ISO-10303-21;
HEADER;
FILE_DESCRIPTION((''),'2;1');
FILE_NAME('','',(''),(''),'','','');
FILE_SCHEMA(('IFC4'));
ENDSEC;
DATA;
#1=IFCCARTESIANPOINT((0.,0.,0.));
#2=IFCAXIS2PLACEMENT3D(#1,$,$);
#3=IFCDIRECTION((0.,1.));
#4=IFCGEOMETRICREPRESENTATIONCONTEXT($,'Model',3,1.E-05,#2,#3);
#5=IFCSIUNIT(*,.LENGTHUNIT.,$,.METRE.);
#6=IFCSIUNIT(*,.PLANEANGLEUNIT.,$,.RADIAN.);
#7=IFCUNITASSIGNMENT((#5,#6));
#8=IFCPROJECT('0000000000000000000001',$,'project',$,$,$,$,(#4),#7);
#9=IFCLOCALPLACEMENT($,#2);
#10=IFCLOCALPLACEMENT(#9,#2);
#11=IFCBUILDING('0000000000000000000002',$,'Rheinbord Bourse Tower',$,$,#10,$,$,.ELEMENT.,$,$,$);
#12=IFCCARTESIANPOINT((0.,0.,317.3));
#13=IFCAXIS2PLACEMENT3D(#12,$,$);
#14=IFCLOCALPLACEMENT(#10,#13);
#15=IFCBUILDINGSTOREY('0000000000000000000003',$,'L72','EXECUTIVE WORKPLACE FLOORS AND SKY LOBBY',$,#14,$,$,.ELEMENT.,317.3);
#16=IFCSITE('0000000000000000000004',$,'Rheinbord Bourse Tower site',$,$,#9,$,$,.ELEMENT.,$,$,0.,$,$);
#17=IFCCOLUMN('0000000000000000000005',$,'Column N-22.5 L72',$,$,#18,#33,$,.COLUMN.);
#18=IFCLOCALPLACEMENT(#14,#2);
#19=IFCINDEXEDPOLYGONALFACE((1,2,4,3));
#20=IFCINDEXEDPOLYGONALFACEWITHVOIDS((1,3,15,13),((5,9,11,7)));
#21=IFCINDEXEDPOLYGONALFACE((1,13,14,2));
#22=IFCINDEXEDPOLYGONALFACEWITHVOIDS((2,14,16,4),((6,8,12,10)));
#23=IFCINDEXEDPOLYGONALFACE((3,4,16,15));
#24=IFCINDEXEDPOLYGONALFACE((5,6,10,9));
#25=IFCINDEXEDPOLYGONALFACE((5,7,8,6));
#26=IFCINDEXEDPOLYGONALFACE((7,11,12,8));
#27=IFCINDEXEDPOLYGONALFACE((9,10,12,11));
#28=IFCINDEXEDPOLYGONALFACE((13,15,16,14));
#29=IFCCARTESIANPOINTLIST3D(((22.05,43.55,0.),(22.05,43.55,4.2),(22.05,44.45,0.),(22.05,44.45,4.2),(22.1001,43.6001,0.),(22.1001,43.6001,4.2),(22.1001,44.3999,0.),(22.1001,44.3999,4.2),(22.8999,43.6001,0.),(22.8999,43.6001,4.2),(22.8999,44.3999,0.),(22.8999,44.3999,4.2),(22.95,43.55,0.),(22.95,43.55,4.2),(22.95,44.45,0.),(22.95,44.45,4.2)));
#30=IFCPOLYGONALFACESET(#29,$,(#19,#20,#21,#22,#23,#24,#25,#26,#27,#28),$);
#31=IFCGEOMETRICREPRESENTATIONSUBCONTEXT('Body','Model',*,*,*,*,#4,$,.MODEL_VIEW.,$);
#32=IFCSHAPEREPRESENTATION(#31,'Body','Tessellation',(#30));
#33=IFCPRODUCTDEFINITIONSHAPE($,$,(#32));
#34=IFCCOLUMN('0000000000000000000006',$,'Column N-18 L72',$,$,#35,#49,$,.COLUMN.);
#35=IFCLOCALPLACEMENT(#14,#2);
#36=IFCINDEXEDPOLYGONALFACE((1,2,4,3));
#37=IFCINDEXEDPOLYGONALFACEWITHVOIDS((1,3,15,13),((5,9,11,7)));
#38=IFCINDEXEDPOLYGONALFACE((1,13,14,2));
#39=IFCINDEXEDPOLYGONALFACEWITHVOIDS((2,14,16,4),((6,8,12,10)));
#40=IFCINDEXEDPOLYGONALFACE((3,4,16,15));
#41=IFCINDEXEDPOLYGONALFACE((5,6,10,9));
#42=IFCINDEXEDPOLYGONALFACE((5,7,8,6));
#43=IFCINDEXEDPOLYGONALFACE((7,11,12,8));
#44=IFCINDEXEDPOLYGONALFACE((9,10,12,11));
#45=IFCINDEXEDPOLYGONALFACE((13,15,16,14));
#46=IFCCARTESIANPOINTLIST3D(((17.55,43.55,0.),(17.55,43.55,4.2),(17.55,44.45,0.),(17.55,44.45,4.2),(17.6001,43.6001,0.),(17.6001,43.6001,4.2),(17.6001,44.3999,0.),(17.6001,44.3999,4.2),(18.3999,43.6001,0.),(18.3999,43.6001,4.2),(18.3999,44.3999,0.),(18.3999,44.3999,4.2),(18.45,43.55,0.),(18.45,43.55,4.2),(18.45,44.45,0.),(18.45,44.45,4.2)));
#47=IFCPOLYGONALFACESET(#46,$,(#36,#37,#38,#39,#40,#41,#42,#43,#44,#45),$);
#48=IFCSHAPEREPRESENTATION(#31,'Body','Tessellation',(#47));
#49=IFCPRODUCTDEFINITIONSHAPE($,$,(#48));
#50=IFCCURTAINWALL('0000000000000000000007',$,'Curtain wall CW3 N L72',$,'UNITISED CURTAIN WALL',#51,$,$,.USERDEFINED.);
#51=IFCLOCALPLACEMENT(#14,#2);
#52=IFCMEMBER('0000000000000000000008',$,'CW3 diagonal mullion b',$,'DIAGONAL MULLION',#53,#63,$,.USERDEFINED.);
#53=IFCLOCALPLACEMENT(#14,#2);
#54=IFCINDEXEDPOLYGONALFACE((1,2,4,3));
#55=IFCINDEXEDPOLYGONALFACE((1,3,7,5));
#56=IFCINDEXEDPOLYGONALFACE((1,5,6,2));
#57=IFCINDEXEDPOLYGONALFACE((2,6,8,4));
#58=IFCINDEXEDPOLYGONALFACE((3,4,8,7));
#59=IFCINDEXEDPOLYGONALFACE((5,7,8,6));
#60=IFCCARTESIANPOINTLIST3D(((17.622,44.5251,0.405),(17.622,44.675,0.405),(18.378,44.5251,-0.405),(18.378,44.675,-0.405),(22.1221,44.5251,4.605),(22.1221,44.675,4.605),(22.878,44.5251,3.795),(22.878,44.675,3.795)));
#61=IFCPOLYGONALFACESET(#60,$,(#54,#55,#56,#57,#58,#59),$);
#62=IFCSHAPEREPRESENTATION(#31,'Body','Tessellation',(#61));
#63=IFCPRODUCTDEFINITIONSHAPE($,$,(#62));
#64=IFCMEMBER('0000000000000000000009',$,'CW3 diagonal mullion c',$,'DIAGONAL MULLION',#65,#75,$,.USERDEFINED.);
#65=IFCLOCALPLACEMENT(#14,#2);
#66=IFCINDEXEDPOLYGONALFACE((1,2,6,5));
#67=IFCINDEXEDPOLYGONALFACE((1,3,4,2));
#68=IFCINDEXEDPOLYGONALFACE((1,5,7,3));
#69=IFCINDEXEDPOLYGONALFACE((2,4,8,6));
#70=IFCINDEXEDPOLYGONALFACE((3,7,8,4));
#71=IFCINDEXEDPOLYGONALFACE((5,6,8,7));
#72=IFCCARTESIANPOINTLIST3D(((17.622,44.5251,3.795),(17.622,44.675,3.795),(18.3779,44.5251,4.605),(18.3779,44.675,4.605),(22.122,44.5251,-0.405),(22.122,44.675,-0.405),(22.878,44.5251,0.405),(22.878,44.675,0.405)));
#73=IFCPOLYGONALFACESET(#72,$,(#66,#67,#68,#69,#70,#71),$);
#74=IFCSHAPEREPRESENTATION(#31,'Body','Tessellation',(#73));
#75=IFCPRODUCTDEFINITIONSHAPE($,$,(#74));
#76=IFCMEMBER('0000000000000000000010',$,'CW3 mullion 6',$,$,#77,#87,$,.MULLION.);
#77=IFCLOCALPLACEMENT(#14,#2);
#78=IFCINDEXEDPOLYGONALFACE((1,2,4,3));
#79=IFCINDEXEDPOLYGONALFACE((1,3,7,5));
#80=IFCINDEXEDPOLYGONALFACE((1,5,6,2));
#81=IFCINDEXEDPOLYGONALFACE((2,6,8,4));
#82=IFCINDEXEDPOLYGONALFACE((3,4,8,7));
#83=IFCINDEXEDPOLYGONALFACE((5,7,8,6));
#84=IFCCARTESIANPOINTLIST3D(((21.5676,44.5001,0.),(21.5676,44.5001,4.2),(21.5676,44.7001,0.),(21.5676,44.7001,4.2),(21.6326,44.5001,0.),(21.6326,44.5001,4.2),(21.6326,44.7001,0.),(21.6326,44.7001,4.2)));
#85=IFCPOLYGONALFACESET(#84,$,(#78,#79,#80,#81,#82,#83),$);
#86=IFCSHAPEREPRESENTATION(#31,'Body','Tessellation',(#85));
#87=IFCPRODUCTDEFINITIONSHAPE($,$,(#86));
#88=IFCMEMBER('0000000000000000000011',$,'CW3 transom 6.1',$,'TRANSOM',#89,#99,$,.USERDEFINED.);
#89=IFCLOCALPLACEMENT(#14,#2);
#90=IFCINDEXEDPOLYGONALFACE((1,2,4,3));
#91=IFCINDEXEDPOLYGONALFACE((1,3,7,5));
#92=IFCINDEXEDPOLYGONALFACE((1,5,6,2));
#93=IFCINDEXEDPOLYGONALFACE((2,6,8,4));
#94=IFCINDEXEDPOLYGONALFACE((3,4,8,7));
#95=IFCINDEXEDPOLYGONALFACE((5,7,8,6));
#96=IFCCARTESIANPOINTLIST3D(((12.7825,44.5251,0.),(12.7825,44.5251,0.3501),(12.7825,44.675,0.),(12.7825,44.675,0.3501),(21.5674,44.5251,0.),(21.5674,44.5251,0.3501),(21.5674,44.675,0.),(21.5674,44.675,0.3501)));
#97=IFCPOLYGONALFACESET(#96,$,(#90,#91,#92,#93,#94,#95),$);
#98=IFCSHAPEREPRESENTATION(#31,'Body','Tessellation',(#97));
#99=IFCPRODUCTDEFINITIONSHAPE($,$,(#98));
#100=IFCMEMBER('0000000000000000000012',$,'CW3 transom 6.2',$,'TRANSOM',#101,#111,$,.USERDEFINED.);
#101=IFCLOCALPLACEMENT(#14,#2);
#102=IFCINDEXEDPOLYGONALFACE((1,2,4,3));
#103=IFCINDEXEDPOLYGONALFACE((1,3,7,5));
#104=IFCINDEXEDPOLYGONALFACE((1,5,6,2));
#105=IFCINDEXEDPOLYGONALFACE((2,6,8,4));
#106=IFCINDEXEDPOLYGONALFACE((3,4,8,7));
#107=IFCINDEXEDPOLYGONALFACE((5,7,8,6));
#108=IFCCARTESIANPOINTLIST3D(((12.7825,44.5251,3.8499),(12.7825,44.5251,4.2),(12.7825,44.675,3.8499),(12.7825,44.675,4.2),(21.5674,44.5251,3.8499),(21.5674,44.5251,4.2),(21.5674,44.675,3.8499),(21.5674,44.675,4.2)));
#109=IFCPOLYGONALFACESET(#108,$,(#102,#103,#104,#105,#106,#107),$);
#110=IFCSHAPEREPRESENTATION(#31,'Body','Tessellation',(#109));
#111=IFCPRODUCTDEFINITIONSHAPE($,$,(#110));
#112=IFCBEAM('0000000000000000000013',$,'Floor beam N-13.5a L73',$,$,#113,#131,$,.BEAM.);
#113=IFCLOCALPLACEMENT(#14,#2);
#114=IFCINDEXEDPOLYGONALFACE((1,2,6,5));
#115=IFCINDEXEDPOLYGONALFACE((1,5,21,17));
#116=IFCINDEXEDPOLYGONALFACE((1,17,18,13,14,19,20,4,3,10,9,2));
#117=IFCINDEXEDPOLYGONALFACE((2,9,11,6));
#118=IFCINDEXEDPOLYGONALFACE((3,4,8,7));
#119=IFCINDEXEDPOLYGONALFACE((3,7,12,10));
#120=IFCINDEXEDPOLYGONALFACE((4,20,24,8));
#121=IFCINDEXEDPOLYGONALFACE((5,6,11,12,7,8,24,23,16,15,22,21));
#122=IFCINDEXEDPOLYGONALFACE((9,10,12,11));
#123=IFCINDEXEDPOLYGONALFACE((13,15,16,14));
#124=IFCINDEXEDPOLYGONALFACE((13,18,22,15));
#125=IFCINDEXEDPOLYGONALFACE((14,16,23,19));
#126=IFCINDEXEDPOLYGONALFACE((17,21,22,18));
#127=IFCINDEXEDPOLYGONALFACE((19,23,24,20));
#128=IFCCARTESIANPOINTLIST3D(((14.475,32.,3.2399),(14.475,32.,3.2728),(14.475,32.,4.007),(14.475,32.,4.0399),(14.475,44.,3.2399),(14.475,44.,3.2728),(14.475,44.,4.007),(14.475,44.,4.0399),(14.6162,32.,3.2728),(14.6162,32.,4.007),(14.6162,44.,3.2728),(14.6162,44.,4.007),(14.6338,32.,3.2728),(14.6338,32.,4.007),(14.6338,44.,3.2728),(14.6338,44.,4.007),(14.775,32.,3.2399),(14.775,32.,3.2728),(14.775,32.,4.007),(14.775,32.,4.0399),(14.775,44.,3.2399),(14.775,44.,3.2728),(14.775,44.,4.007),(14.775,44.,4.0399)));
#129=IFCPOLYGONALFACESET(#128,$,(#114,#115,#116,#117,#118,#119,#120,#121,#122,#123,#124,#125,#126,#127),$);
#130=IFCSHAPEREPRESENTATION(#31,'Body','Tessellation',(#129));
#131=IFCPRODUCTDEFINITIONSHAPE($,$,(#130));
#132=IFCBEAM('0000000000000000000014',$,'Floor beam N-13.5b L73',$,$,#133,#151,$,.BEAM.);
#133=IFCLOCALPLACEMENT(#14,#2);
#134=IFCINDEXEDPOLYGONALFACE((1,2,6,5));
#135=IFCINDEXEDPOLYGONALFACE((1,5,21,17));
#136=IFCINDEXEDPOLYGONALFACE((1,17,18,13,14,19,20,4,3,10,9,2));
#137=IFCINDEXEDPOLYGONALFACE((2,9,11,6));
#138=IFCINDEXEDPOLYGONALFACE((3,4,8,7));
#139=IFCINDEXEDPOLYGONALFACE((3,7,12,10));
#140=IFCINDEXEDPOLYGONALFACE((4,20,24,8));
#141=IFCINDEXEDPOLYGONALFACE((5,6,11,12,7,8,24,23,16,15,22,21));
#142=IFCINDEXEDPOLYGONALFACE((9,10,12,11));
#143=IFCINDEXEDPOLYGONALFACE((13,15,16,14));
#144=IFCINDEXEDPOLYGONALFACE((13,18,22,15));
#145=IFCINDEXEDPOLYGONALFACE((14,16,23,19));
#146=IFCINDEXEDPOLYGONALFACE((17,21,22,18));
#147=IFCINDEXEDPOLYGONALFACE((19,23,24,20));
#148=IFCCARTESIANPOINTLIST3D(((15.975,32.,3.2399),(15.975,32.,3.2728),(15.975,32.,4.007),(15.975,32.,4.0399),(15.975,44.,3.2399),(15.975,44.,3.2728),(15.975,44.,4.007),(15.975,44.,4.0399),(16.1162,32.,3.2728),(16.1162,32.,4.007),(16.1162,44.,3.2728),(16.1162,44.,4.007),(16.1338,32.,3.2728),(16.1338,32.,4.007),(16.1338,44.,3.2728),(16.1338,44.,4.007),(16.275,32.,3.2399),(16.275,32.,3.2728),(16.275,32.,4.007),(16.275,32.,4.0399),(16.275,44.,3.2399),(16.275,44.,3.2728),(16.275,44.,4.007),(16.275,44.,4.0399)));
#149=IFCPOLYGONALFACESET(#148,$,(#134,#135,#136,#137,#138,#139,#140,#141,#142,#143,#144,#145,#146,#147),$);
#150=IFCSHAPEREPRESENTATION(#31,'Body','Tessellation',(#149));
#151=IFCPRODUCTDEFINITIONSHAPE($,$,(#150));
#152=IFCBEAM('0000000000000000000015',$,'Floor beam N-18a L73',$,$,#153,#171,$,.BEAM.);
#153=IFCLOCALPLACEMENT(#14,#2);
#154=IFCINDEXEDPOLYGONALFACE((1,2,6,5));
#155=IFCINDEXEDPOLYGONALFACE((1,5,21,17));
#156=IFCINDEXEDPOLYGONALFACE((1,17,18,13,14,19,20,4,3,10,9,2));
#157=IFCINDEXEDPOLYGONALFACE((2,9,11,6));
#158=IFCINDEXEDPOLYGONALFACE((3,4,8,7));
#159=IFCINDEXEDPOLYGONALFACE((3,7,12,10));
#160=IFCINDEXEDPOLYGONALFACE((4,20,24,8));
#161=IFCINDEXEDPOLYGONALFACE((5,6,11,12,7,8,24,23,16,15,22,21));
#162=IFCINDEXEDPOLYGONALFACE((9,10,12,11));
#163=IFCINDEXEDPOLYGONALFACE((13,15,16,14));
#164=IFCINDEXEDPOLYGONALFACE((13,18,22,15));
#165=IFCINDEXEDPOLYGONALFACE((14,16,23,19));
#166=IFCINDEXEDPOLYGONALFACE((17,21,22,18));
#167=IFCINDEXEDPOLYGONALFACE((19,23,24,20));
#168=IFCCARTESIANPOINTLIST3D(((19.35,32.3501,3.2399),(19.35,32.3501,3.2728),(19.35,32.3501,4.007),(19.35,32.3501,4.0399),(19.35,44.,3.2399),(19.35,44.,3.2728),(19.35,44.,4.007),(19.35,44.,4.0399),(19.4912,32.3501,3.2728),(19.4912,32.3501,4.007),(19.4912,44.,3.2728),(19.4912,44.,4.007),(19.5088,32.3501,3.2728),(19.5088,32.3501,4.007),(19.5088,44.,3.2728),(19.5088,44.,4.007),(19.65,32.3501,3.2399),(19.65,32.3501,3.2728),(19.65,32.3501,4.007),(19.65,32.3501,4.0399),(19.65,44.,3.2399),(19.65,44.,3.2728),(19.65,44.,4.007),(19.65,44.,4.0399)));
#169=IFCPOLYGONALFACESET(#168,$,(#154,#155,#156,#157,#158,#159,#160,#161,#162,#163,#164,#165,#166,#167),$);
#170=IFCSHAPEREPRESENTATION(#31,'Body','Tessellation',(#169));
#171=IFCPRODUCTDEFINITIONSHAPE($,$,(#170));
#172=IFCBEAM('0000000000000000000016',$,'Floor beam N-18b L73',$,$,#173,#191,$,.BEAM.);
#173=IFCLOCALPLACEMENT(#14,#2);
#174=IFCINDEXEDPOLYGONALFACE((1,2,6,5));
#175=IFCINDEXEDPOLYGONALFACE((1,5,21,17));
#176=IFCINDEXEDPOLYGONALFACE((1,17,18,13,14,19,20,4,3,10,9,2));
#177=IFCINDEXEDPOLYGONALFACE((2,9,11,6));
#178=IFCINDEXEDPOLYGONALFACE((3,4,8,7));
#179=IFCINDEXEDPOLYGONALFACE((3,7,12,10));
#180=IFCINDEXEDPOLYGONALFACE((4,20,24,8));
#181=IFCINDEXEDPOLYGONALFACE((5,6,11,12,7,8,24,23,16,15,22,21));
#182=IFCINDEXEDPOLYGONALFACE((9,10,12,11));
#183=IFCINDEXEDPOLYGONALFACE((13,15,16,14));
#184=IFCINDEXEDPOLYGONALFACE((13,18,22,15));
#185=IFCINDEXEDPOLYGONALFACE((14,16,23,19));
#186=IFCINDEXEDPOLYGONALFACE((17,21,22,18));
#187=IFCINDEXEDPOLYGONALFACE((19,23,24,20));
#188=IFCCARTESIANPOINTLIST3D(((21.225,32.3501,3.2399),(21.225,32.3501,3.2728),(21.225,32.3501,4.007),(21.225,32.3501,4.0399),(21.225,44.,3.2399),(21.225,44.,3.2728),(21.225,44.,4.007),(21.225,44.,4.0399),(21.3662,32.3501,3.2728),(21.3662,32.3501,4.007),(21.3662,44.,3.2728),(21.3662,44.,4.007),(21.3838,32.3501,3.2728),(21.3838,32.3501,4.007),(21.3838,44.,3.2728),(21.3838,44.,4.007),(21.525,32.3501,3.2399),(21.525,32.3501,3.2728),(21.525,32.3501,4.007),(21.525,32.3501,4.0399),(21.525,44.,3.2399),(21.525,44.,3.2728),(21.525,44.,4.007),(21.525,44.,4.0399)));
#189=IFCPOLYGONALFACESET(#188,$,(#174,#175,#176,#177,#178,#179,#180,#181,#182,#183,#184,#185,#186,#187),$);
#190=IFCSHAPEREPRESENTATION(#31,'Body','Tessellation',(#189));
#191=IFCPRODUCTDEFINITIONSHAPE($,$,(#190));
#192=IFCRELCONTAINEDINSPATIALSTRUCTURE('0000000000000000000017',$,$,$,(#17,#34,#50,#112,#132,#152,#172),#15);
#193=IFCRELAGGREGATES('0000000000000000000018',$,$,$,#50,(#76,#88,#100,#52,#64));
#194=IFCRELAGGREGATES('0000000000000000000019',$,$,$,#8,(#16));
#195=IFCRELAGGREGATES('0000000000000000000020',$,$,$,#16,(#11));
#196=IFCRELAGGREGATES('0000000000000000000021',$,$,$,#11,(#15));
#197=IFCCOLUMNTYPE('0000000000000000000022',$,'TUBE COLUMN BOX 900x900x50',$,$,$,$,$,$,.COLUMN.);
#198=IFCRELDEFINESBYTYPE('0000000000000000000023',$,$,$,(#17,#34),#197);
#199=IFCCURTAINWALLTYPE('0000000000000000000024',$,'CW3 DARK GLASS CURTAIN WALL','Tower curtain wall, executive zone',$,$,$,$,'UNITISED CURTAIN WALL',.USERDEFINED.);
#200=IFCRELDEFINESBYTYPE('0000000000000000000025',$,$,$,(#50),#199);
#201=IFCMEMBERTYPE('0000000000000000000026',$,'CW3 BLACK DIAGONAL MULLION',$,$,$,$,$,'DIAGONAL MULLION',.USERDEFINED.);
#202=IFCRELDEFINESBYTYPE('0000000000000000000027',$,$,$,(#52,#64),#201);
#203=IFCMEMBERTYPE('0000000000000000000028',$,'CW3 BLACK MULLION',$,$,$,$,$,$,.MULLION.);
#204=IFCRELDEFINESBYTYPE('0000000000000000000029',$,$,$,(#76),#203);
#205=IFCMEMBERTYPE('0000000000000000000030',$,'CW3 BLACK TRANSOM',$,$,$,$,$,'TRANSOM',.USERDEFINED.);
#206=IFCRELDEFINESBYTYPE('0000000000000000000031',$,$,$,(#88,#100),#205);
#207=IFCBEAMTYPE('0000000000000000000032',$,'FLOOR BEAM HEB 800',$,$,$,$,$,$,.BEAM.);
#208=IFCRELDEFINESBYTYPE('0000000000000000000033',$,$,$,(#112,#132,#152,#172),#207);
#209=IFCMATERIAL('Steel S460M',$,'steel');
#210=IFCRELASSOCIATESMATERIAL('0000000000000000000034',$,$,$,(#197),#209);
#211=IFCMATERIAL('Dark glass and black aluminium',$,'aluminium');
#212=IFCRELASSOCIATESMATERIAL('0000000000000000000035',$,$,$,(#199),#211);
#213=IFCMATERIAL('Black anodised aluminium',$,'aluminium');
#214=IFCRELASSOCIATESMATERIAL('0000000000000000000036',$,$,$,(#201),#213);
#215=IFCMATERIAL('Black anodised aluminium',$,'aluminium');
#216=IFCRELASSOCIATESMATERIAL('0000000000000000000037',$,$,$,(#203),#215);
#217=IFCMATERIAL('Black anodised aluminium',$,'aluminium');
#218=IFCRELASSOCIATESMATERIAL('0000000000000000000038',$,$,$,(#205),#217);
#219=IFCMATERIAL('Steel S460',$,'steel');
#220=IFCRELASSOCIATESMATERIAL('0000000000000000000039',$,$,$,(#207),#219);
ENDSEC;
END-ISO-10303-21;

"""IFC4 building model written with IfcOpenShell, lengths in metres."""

from ifc_helpers import new_model, si_unit, direction, frame, origin, origin_2d, place, context, subcontext, project, spatial, rectangle, hollow_rectangle, i_section, extrude, material, material_profile, profile_set, type_object, element, aggregate, save


model = new_model("IFC4")

# Units and contexts
model_context = context("Model", 3, precision=1e-05, world=origin(), true_north=direction((0.0, 1.0)))
body_context = subcontext(model_context, "Body", "Model", "MODEL_VIEW")
ifc_project = project(units=[si_unit("LENGTHUNIT", "METRE"), si_unit("PLANEANGLEUNIT", "RADIAN")], contexts=[model_context])

# Site, building, storey
site_placement = place(None, origin())
site = spatial("IfcSite", under=ifc_project, at=site_placement, Name="Rheinbord Bourse Tower site", CompositionType="ELEMENT", RefElevation=0.0)
building_placement = place(site_placement, origin())
building = spatial("IfcBuilding", under=site, at=building_placement, Name="Rheinbord Bourse Tower", CompositionType="ELEMENT")
storey_placement = place(building_placement, frame((0.0, 0.0, 317.3)))
storey = spatial("IfcBuildingStorey", under=building, at=storey_placement, Name="L72", Description="EXECUTIVE WORKPLACE FLOORS AND SKY LOBBY", CompositionType="ELEMENT", Elevation=317.3)

# Columns
ifc_material_1 = material(Name="Steel S460M", Category="steel")
ifc_material_profile_1 = material_profile(ifc_material_1, hollow_rectangle(XDim=0.8999, YDim=0.8999, WallThickness=0.05, at=origin_2d()), Name="BOX 900x900x50")
ifc_profile_set_1 = profile_set([ifc_material_profile_1], Name="Steel S460M")
column_type = type_object("IfcColumnType", Name="TUBE COLUMN BOX 900x900x50", PredefinedType="COLUMN", material=ifc_profile_set_1)
for number, where, z_axis, x_axis, name in (
    (1, (22.5, 44.0, 0.0), (0.0, 0.0, 1.0), (0.0, 1.0, 0.0), "Column N-22.5 L72"),
    (2, (18.0, 44.0, 0.0), (0.0, 0.0, 1.0), (0.0, 1.0, 0.0), "Column N-18 L72"),
):
    element("IfcColumn", number, at=place(storey_placement, frame(where, z_axis=z_axis, x_axis=x_axis)), inside=storey, type_object=column_type, Name=name, PredefinedType="COLUMN", context=body_context, shape_type="SweptSolid", body=[
        extrude(hollow_rectangle(XDim=0.8999, YDim=0.8999, WallThickness=0.05, at=origin_2d()), origin(), (0.0, 0.0, 1.0), 4.2),
    ])

# Curtain wall, members
ifc_material_2 = material(Name="Dark glass and black aluminium", Category="aluminium")
curtain_wall_type = type_object("IfcCurtainWallType", Name="CW3 DARK GLASS CURTAIN WALL", Description="Tower curtain wall, executive zone", ElementType="UNITISED CURTAIN WALL", PredefinedType="USERDEFINED", material=ifc_material_2)
curtain_wall_placement = place(storey_placement, origin())
curtain_wall = element("IfcCurtainWall", 3, at=curtain_wall_placement, inside=storey, type_object=curtain_wall_type, Name="Curtain wall CW3 N L72", ObjectType="UNITISED CURTAIN WALL", PredefinedType="USERDEFINED")
ifc_material_3 = material(Name="Black anodised aluminium", Category="aluminium")
ifc_material_profile_2 = material_profile(ifc_material_3, rectangle(XDim=0.1499, YDim=1.1079, at=origin_2d()), Name="CW3 DIAGONAL MULLION 1108x150")
ifc_profile_set_2 = profile_set([ifc_material_profile_2], Name="Black anodised aluminium")
member_type_1 = type_object("IfcMemberType", Name="CW3 BLACK DIAGONAL MULLION", ElementType="DIAGONAL MULLION", PredefinedType="USERDEFINED", material=ifc_profile_set_2)
member_1_placement = place(storey_placement, frame((18.0, 44.6001, 0.0), z_axis=(0.731059, 0.0, 0.682314), x_axis=(0.0, 1.0, 0.0)))
member_1 = element("IfcMember", 4, at=member_1_placement, type_object=member_type_1, Name="CW3 diagonal mullion b", ObjectType="DIAGONAL MULLION", PredefinedType="USERDEFINED", context=body_context, shape_type="SweptSolid", body=[
    extrude(rectangle(XDim=0.1499, YDim=1.1079, at=origin_2d()), origin(), (0.0, 0.0, 1.0), 6.1555),
])
member_2_placement = place(storey_placement, frame((22.5, 44.6001, 0.0), z_axis=(-0.731059, 0.0, 0.682314), x_axis=(0.0, -1.0, 0.0)))
member_2 = element("IfcMember", 5, at=member_2_placement, type_object=member_type_1, Name="CW3 diagonal mullion c", ObjectType="DIAGONAL MULLION", PredefinedType="USERDEFINED", context=body_context, shape_type="SweptSolid", body=[
    extrude(rectangle(XDim=0.1499, YDim=1.1079, at=origin_2d()), origin(), (0.0, 0.0, 1.0), 6.1555),
])
ifc_material_4 = material(Name="Black anodised aluminium", Category="aluminium")
ifc_material_profile_3 = material_profile(ifc_material_4, rectangle(XDim=0.2, YDim=0.0649, at=origin_2d()), Name="CW3 MULLION 65x200")
ifc_profile_set_3 = profile_set([ifc_material_profile_3], Name="Black anodised aluminium")
member_type_2 = type_object("IfcMemberType", Name="CW3 BLACK MULLION", PredefinedType="MULLION", material=ifc_profile_set_3)
member_3_placement = place(storey_placement, frame((21.6001, 44.6001, 0.0), z_axis=(0.0, 0.0, 1.0), x_axis=(0.0, -1.0, 0.0)))
member_3 = element("IfcMember", 6, at=member_3_placement, type_object=member_type_2, Name="CW3 mullion 6", PredefinedType="MULLION", context=body_context, shape_type="SweptSolid", body=[
    extrude(rectangle(XDim=0.2, YDim=0.0649, at=origin_2d()), origin(), (0.0, 0.0, 1.0), 4.2),
])
ifc_material_5 = material(Name="Black anodised aluminium", Category="aluminium")
ifc_material_profile_4 = material_profile(ifc_material_5, rectangle(XDim=0.1499, YDim=0.3501, at=origin_2d()), Name="CW3 TRANSOM 350x150")
ifc_profile_set_4 = profile_set([ifc_material_profile_4], Name="Black anodised aluminium")
member_type_3 = type_object("IfcMemberType", Name="CW3 BLACK TRANSOM", ElementType="TRANSOM", PredefinedType="USERDEFINED", material=ifc_profile_set_4)
member_4_placement = place(storey_placement, frame((21.5674, 44.6001, 0.175), z_axis=(-1.0, 0.0, 0.0), x_axis=(0.0, -1.0, 0.0)))
member_4 = element("IfcMember", 7, at=member_4_placement, type_object=member_type_3, Name="CW3 transom 6.1", ObjectType="TRANSOM", PredefinedType="USERDEFINED", context=body_context, shape_type="SweptSolid", body=[
    extrude(rectangle(XDim=0.1499, YDim=0.3501, at=origin_2d()), origin(), (0.0, 0.0, 1.0), 8.7849),
])
member_5_placement = place(storey_placement, frame((21.5674, 44.6001, 4.0249), z_axis=(-1.0, 0.0, 0.0), x_axis=(0.0, -1.0, 0.0)))
member_5 = element("IfcMember", 8, at=member_5_placement, type_object=member_type_3, Name="CW3 transom 6.2", ObjectType="TRANSOM", PredefinedType="USERDEFINED", context=body_context, shape_type="SweptSolid", body=[
    extrude(rectangle(XDim=0.1499, YDim=0.3501, at=origin_2d()), origin(), (0.0, 0.0, 1.0), 8.7849),
])

# Beams
ifc_material_6 = material(Name="Steel S460", Category="steel")
ifc_material_profile_5 = material_profile(ifc_material_6, i_section(OverallWidth=0.3, OverallDepth=0.8, WebThickness=0.0176, FlangeThickness=0.033, at=origin_2d()), Name="HEB 800")
ifc_profile_set_5 = profile_set([ifc_material_profile_5], Name="Steel S460")
beam_type_1 = type_object("IfcBeamType", Name="FLOOR BEAM HEB 800", PredefinedType="BEAM", material=ifc_profile_set_5)
for number, where, z_axis, x_axis, name in (
    (9, (14.625, 44.0, 3.6399), (0.0, -1.0, 0.0), (1.0, 0.0, 0.0), "Floor beam N-13.5a L73"),
    (10, (16.125, 44.0, 3.6399), (0.0, -1.0, 0.0), (1.0, 0.0, 0.0), "Floor beam N-13.5b L73"),
):
    element("IfcBeam", number, at=place(storey_placement, frame(where, z_axis=z_axis, x_axis=x_axis)), inside=storey, type_object=beam_type_1, Name=name, PredefinedType="BEAM", context=body_context, shape_type="SweptSolid", body=[
        extrude(i_section(OverallWidth=0.3, OverallDepth=0.8, WebThickness=0.0176, FlangeThickness=0.033, at=origin_2d()), origin(), (0.0, 0.0, 1.0), 12.0),
    ])
for number, where, z_axis, x_axis, name in (
    (11, (19.5, 44.0, 3.6399), (0.0, -1.0, 0.0), (1.0, 0.0, 0.0), "Floor beam N-18a L73"),
    (12, (21.375, 44.0, 3.6399), (0.0, -1.0, 0.0), (1.0, 0.0, 0.0), "Floor beam N-18b L73"),
):
    element("IfcBeam", number, at=place(storey_placement, frame(where, z_axis=z_axis, x_axis=x_axis)), inside=storey, type_object=beam_type_1, Name=name, PredefinedType="BEAM", context=body_context, shape_type="SweptSolid", body=[
        extrude(i_section(OverallWidth=0.3, OverallDepth=0.8, WebThickness=0.0176, FlangeThickness=0.033, at=origin_2d()), origin(), (0.0, 0.0, 1.0), 11.6499),
    ])

aggregate(curtain_wall, [member_3, member_4, member_5, member_1, member_2])

save(model, "model.ifc")
